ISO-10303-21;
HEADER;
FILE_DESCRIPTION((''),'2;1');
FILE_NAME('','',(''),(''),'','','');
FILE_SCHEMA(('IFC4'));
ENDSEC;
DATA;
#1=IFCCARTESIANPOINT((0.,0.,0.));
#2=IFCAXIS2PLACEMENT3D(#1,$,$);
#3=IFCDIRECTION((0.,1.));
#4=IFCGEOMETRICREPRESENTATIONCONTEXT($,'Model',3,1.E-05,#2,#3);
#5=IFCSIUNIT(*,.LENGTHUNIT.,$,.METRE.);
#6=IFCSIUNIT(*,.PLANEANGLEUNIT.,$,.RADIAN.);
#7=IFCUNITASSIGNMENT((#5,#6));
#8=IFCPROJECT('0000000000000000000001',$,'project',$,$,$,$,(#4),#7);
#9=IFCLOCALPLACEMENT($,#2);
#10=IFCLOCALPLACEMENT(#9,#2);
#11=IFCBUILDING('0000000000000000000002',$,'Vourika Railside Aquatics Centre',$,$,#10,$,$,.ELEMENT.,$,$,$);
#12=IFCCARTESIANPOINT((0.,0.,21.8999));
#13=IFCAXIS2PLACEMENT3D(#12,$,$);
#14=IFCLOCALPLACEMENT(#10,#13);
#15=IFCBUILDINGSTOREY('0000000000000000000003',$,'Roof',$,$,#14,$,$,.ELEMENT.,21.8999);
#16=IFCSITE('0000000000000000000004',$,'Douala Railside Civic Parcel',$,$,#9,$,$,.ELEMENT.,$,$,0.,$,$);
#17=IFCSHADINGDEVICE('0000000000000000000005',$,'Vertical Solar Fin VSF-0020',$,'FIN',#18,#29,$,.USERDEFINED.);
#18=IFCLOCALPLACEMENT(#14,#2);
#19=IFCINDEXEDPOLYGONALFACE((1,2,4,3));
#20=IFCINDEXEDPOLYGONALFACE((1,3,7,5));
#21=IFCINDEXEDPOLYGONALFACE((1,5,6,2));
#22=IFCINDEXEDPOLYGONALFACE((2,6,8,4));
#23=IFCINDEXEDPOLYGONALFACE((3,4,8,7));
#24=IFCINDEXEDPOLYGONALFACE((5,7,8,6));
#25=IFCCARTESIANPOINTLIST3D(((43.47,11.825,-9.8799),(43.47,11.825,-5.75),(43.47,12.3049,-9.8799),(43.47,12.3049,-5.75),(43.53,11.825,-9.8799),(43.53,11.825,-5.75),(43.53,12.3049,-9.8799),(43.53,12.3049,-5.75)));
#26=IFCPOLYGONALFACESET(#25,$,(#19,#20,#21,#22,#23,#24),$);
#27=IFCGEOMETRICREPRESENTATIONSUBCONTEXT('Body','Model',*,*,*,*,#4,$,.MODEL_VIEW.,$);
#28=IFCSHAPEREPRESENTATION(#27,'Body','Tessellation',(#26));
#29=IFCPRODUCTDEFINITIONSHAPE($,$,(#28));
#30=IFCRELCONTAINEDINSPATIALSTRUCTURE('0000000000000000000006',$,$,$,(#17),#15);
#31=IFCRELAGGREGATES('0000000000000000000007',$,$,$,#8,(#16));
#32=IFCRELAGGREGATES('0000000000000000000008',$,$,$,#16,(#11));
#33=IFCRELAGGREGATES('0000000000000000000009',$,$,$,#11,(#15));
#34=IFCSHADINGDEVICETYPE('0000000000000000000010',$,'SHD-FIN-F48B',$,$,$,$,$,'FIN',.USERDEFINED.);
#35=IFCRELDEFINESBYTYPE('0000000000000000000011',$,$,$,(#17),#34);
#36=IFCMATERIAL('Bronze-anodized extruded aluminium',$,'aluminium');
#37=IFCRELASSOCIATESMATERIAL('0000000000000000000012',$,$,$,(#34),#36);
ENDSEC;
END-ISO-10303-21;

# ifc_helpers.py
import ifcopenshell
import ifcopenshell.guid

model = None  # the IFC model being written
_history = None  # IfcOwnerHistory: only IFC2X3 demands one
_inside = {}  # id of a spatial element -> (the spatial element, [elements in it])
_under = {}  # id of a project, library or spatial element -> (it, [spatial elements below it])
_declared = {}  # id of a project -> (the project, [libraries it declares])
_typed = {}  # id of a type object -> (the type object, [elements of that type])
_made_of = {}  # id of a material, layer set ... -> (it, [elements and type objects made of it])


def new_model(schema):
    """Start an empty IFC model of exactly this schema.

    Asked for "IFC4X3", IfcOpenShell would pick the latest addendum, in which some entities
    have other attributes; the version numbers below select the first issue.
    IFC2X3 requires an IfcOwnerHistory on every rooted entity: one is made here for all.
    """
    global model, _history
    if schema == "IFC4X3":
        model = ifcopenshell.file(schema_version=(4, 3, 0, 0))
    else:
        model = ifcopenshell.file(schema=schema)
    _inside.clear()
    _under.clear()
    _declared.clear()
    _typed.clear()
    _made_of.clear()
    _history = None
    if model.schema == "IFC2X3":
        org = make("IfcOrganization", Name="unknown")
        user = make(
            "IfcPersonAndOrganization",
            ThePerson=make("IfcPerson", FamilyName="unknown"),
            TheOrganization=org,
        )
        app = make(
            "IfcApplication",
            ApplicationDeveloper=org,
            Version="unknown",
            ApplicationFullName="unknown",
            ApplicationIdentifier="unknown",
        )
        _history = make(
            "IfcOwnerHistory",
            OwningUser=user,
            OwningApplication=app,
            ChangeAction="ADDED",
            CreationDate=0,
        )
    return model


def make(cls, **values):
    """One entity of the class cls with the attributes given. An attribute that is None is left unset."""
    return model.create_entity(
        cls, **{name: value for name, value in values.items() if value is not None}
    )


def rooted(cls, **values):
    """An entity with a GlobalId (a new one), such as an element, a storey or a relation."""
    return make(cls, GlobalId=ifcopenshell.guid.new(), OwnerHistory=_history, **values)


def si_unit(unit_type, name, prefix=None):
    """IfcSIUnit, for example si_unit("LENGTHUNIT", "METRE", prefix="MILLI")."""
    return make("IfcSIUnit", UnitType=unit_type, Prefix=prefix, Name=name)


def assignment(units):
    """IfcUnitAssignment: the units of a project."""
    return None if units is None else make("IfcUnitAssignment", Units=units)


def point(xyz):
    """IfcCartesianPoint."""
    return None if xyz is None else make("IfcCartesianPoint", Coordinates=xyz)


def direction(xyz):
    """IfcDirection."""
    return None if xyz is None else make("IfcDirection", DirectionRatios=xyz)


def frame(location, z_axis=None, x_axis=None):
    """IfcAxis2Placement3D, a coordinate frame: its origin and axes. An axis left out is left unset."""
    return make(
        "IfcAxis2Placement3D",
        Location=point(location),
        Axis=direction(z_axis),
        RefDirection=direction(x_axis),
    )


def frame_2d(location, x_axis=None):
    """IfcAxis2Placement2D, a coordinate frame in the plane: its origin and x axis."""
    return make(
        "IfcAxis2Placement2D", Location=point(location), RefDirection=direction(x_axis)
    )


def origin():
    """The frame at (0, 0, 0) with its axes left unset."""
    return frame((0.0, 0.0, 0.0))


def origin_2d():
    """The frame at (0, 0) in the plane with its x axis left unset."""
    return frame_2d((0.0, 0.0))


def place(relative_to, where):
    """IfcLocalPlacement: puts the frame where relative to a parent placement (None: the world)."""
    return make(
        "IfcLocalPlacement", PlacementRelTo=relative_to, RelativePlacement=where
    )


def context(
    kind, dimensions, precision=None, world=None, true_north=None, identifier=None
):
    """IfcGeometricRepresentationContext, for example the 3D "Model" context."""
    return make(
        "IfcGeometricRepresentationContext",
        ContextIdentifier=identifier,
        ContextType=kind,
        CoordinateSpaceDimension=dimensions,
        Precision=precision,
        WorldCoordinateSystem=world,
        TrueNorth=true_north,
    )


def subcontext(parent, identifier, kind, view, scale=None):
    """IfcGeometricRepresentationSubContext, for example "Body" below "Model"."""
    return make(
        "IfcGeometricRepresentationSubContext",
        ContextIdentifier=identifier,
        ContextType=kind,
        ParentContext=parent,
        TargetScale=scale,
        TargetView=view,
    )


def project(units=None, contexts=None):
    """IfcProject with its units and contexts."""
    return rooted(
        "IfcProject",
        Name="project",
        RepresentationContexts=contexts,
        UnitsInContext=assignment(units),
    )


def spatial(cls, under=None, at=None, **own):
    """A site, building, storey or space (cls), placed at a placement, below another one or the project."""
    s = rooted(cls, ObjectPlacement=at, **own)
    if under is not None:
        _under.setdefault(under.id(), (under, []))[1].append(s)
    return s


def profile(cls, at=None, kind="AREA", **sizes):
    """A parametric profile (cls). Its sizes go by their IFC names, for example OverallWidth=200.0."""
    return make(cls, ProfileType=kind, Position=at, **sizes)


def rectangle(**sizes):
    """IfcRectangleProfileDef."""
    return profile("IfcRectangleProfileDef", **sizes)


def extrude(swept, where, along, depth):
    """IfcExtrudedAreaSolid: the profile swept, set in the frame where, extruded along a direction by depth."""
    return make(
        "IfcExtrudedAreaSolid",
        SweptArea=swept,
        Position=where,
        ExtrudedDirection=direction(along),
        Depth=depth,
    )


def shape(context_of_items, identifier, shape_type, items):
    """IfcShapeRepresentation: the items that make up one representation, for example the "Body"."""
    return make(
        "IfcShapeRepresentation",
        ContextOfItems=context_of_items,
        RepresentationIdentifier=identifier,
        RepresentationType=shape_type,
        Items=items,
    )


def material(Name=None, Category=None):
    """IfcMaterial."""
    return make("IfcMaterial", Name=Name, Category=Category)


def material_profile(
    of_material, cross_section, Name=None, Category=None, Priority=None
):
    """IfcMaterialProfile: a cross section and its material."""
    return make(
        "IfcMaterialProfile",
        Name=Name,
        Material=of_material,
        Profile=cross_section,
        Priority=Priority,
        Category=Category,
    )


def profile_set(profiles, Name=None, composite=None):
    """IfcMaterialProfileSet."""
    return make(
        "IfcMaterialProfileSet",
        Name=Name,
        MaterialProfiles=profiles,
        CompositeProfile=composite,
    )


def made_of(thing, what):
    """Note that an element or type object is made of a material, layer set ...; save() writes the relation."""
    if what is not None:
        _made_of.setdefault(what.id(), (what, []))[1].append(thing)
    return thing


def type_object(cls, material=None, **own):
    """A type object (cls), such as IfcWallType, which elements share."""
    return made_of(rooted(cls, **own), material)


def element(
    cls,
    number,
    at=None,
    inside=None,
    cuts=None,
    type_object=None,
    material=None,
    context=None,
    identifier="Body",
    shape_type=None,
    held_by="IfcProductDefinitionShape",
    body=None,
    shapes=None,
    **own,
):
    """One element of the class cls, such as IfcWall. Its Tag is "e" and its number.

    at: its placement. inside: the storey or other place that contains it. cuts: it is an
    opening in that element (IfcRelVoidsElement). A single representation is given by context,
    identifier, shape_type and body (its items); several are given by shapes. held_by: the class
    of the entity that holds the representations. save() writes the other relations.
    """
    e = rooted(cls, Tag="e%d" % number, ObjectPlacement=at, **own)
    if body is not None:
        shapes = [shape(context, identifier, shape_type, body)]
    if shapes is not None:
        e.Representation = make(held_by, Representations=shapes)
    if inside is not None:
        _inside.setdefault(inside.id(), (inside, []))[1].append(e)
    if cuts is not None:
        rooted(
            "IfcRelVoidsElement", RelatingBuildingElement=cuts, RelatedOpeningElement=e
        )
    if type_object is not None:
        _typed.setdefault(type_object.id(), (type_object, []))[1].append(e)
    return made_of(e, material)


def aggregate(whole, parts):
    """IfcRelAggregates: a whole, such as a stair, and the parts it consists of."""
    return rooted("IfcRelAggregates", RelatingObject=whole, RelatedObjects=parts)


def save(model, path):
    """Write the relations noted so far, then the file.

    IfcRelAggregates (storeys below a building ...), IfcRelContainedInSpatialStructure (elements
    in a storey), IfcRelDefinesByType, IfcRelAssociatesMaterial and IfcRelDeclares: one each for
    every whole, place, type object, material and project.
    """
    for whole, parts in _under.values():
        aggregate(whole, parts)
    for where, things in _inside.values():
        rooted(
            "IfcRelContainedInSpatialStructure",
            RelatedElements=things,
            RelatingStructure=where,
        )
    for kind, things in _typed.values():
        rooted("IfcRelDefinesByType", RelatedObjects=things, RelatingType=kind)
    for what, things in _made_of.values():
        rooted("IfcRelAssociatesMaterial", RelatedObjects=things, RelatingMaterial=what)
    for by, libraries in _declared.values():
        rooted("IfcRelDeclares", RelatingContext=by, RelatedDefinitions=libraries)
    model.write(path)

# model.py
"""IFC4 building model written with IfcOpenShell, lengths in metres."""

from ifc_helpers import new_model, si_unit, direction, frame, origin, origin_2d, place, context, subcontext, project, spatial, rectangle, extrude, material, material_profile, profile_set, type_object, element, save


model = new_model("IFC4")

# Units and contexts
model_context = context("Model", 3, precision=1e-05, world=origin(), true_north=direction((0.0, 1.0)))
body_context = subcontext(model_context, "Body", "Model", "MODEL_VIEW")
ifc_project = project(units=[si_unit("LENGTHUNIT", "METRE"), si_unit("PLANEANGLEUNIT", "RADIAN")], contexts=[model_context])

# Site, building, storey
site_placement = place(None, origin())
site = spatial("IfcSite", under=ifc_project, at=site_placement, Name="Douala Railside Civic Parcel", CompositionType="ELEMENT", RefElevation=0.0)
building_placement = place(site_placement, origin())
building = spatial("IfcBuilding", under=site, at=building_placement, Name="Vourika Railside Aquatics Centre", CompositionType="ELEMENT")
storey_placement = place(building_placement, frame((0.0, 0.0, 21.8999)))
storey = spatial("IfcBuildingStorey", under=building, at=storey_placement, Name="Roof", CompositionType="ELEMENT", Elevation=21.8999)

# Shading device
ifc_material_1 = material(Name="Bronze-anodized extruded aluminium", Category="aluminium")
ifc_material_profile_1 = material_profile(ifc_material_1, rectangle(XDim=0.0601, YDim=0.48, at=origin_2d()), Name="ALU-FIN 60x480")
ifc_profile_set_1 = profile_set([ifc_material_profile_1], Name="Bronze-anodized extruded aluminium")
shading_device_type_1 = type_object("IfcShadingDeviceType", Name="SHD-FIN-F48B", ElementType="FIN", PredefinedType="USERDEFINED", material=ifc_profile_set_1)
shading_device_1_placement = place(storey_placement, frame((43.5, 12.0649, -9.8799), z_axis=(0.0, 0.0, 1.0), x_axis=(-1.0, 0.0, 0.0)))
element("IfcShadingDevice", 1, at=shading_device_1_placement, inside=storey, type_object=shading_device_type_1, Name="Vertical Solar Fin VSF-0020", ObjectType="FIN", PredefinedType="USERDEFINED", context=body_context, shape_type="SweptSolid", body=[
    extrude(rectangle(XDim=0.0601, YDim=0.48, at=origin_2d()), origin(), (0.0, 0.0, 1.0), 4.1299),
])

save(model, "model.ifc")
